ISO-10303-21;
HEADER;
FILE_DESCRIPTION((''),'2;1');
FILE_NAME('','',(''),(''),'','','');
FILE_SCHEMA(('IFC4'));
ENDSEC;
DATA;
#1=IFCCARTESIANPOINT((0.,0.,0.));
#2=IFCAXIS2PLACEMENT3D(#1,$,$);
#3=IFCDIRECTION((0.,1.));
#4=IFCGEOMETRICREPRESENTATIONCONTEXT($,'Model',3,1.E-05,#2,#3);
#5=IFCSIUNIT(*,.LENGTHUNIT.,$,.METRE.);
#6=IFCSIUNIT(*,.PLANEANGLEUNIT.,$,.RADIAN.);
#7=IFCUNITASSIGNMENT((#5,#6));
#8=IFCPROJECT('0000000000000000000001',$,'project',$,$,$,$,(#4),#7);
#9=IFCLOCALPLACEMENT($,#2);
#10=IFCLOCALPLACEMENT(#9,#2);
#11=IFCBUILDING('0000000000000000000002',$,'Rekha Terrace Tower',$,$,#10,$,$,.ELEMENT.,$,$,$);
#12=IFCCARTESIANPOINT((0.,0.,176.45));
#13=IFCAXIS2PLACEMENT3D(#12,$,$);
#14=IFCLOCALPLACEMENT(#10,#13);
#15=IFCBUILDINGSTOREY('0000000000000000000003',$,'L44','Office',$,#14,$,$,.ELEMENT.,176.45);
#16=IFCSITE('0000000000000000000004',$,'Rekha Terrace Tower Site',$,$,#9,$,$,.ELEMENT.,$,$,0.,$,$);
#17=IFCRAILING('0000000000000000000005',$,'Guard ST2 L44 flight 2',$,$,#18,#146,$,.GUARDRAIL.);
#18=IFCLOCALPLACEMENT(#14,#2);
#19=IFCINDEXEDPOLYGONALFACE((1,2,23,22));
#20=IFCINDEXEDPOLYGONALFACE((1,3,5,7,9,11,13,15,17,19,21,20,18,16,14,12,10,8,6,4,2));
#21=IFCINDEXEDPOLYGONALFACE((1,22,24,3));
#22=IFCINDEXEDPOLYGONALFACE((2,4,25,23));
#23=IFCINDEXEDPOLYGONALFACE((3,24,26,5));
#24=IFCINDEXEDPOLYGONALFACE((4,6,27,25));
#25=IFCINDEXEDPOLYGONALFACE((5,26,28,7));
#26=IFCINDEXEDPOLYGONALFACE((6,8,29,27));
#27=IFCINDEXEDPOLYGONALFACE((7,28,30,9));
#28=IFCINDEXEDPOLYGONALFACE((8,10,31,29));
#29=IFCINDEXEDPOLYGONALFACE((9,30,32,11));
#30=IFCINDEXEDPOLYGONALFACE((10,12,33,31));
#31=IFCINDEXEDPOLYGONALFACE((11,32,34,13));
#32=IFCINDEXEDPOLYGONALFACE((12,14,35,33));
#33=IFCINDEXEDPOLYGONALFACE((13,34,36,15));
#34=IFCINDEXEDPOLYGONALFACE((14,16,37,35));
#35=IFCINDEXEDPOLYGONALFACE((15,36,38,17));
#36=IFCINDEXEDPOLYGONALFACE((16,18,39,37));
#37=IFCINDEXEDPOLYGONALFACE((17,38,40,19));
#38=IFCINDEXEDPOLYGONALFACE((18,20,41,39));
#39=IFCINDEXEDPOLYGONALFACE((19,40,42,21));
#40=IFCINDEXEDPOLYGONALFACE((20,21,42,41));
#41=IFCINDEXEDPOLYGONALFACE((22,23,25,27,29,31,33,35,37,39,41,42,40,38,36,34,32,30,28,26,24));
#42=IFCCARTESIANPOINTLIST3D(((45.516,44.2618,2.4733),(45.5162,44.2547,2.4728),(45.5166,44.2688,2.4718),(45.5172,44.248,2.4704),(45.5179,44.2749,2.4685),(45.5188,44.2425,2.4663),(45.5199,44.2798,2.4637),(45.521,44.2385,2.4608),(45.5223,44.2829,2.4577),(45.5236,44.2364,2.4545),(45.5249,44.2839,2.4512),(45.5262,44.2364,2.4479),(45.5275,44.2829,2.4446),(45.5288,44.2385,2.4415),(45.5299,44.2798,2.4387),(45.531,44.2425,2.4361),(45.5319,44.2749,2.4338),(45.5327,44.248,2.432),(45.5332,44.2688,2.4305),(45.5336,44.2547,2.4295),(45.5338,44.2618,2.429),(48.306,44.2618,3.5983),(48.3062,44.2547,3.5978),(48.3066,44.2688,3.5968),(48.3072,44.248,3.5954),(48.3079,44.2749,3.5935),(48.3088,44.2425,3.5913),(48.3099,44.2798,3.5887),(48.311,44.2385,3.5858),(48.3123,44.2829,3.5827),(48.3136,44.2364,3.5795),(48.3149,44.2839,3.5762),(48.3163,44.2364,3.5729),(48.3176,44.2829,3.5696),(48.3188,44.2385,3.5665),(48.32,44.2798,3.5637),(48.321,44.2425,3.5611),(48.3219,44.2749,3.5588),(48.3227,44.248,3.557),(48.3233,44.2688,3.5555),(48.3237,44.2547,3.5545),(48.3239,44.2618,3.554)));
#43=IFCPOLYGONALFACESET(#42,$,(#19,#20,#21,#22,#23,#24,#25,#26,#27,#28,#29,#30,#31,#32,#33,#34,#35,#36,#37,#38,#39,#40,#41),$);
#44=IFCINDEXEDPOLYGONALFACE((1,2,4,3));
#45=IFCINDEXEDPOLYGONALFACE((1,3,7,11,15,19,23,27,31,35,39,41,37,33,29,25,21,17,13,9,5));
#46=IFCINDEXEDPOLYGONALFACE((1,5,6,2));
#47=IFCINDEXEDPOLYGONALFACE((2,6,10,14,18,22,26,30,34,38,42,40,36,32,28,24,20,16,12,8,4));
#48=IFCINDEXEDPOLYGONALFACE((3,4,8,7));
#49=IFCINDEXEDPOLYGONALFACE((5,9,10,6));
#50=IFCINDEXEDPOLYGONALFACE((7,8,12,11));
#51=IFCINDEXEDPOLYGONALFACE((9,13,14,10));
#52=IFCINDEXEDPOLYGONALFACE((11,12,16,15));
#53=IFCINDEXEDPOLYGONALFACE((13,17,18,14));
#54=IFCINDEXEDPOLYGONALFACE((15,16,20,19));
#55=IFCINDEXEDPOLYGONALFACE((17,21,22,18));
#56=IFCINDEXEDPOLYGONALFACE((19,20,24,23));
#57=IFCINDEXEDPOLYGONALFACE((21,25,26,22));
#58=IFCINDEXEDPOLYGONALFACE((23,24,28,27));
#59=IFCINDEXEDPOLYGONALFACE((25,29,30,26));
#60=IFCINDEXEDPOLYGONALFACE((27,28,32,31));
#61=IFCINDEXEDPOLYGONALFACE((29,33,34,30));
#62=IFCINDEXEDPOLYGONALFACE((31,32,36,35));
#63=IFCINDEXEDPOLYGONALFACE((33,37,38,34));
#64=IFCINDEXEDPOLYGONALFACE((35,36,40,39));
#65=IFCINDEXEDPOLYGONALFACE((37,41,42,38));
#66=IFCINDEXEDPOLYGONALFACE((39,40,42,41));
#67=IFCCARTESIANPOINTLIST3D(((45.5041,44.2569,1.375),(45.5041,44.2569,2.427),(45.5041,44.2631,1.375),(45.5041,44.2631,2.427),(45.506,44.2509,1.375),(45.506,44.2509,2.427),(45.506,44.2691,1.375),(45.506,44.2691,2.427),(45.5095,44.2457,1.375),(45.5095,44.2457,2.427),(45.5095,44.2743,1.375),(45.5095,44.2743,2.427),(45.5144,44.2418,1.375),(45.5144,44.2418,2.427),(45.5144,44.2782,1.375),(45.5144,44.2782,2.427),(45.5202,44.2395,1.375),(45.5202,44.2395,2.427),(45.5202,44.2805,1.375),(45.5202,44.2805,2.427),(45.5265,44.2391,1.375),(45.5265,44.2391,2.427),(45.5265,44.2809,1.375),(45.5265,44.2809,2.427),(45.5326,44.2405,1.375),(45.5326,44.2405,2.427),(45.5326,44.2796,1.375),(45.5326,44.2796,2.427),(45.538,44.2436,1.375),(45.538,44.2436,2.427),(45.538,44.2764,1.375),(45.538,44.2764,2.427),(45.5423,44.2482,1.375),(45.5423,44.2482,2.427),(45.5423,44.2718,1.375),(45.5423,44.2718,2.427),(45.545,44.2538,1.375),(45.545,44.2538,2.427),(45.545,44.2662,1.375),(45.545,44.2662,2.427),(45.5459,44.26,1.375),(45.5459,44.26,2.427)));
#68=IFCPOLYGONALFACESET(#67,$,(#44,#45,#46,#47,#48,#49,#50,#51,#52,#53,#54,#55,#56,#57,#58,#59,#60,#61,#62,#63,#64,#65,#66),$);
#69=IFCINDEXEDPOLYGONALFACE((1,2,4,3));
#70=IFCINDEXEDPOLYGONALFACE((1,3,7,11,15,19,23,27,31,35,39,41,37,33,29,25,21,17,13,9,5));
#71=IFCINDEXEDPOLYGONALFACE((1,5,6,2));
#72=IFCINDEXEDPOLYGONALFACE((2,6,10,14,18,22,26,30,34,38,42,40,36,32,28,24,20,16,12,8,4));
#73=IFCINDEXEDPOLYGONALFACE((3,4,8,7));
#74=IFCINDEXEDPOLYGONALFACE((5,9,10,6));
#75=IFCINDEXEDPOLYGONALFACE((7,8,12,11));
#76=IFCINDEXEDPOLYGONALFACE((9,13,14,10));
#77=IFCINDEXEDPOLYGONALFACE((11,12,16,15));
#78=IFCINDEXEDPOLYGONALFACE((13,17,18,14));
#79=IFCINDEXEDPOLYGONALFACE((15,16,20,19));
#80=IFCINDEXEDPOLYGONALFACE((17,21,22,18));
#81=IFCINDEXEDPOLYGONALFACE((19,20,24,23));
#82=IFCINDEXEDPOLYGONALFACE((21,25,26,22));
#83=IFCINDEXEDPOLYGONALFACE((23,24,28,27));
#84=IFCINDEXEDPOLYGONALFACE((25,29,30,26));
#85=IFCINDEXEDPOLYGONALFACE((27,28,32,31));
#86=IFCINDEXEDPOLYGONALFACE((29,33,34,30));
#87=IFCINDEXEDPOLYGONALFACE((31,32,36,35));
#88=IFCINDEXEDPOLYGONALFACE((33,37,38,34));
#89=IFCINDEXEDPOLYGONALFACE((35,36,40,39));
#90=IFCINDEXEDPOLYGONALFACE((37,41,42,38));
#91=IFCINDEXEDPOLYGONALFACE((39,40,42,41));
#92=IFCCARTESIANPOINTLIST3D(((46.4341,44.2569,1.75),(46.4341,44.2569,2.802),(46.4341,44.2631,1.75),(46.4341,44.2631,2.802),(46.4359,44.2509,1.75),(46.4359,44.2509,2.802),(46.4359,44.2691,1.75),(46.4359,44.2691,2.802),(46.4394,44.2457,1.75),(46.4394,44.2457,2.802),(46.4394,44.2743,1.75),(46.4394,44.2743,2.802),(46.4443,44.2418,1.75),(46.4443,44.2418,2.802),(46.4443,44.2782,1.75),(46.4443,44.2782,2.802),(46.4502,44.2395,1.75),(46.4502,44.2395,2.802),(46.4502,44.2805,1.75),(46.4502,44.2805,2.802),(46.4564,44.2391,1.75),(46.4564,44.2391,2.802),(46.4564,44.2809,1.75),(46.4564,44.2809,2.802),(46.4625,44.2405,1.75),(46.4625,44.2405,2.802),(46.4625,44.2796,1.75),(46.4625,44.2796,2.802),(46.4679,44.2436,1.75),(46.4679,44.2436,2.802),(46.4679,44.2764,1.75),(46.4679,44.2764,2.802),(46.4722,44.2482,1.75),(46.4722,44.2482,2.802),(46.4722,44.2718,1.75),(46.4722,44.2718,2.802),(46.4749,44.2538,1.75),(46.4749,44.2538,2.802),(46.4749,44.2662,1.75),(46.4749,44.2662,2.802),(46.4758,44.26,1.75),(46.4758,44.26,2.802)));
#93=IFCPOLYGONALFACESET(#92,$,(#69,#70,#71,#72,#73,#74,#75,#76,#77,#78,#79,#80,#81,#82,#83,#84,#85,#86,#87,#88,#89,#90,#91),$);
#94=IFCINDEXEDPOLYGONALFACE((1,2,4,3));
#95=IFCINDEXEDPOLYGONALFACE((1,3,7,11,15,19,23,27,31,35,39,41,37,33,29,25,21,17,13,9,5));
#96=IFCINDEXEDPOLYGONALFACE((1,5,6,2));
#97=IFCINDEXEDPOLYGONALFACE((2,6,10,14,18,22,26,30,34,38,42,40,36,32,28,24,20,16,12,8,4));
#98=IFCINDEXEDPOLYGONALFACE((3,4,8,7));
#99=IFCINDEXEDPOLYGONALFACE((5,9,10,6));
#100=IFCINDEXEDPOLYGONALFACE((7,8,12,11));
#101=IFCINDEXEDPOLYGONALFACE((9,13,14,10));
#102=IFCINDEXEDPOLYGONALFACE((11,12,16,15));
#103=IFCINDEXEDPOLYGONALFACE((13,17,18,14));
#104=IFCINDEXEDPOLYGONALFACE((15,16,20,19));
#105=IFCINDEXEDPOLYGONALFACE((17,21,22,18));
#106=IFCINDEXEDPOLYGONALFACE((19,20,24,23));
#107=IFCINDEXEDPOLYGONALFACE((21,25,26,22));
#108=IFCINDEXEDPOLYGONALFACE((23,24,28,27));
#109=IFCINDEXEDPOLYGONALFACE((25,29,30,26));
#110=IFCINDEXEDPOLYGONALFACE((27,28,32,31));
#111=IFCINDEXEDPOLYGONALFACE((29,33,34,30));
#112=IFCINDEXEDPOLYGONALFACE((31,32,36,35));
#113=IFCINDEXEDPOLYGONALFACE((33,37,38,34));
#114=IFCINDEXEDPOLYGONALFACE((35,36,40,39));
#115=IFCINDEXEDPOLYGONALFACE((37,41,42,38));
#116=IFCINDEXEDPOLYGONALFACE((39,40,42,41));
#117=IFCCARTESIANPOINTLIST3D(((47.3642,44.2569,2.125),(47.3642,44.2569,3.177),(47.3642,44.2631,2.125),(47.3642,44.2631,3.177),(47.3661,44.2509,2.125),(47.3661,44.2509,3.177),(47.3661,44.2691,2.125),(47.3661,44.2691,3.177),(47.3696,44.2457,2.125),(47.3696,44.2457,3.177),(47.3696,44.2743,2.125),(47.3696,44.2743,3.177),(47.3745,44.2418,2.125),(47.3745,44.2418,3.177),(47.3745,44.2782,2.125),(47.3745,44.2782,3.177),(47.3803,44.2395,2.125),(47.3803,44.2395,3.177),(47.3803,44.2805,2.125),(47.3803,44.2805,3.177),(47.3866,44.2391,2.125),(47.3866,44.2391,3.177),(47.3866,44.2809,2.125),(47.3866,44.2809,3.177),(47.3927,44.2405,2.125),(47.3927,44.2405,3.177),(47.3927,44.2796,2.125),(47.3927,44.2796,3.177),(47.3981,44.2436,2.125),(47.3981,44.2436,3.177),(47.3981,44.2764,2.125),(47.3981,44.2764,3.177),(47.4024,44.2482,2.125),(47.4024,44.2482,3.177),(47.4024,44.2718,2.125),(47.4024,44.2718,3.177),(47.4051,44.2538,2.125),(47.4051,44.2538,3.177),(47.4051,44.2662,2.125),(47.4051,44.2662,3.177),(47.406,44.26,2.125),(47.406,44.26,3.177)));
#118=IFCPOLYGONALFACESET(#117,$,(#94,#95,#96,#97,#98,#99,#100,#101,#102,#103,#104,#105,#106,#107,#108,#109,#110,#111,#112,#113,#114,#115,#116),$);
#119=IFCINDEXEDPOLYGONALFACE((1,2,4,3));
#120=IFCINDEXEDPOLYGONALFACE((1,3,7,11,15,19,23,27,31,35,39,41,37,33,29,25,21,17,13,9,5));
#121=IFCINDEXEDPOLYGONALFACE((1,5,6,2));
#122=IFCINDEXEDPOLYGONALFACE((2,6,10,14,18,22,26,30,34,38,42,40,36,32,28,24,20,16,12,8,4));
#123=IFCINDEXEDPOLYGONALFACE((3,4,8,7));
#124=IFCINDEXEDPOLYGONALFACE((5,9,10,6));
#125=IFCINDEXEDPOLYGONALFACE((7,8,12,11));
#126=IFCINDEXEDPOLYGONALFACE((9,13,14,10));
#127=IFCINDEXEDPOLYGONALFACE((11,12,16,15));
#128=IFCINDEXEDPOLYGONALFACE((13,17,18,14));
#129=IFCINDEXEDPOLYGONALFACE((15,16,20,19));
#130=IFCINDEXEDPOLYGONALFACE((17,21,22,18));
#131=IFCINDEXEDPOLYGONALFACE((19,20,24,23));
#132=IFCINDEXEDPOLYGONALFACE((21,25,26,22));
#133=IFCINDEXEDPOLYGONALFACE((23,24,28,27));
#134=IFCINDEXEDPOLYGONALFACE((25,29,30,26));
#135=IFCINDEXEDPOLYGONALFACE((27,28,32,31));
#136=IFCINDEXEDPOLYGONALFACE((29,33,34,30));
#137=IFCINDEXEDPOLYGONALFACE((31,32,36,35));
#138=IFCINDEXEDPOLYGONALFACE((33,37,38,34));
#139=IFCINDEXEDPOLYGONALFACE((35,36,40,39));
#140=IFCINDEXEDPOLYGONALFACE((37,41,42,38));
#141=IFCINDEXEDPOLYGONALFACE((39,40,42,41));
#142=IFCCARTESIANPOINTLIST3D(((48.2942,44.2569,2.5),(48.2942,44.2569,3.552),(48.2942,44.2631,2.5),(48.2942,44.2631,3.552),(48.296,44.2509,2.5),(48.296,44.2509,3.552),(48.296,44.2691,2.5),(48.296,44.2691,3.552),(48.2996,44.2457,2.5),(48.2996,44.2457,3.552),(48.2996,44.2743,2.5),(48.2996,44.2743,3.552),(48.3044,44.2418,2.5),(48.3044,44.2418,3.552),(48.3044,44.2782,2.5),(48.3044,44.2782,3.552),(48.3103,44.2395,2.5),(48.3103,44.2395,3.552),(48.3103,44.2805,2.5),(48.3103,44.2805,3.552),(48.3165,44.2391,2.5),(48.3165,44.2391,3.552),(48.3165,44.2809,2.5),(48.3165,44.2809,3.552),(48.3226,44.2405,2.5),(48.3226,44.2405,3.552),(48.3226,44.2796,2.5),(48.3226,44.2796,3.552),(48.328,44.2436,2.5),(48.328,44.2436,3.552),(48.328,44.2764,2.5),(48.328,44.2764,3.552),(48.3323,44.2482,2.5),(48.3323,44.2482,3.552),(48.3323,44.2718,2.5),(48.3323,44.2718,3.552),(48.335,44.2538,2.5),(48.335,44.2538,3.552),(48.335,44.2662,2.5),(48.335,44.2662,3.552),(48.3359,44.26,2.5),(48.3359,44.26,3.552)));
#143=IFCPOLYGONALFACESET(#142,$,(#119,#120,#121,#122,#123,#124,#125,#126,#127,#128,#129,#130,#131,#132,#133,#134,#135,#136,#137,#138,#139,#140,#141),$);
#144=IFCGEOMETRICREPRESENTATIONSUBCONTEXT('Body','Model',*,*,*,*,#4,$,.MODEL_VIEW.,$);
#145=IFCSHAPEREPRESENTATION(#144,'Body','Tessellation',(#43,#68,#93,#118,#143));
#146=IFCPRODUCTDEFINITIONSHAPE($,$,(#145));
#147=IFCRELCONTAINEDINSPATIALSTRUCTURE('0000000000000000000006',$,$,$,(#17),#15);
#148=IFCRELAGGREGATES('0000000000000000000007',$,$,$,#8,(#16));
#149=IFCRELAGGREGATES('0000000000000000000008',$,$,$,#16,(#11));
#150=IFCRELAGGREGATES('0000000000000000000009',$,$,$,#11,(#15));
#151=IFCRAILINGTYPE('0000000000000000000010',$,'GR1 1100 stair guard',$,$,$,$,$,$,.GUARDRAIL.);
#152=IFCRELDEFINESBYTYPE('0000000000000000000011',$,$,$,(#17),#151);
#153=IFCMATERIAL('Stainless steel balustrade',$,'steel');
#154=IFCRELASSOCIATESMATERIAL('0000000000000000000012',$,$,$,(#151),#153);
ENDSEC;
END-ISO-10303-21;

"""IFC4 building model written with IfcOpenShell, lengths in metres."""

from ifc_helpers import new_model, si_unit, direction, frame, origin, origin_2d, place, context, subcontext, project, spatial, circle, extrude, material, type_object, element, save


model = new_model("IFC4")

# Units and contexts
model_context = context("Model", 3, precision=1e-05, world=origin(), true_north=direction((0.0, 1.0)))
body_context = subcontext(model_context, "Body", "Model", "MODEL_VIEW")
ifc_project = project(units=[si_unit("LENGTHUNIT", "METRE"), si_unit("PLANEANGLEUNIT", "RADIAN")], contexts=[model_context])

# Site, building, storey
site_placement = place(None, origin())
site = spatial("IfcSite", under=ifc_project, at=site_placement, Name="Rekha Terrace Tower Site", CompositionType="ELEMENT", RefElevation=0.0)
building_placement = place(site_placement, origin())
building = spatial("IfcBuilding", under=site, at=building_placement, Name="Rekha Terrace Tower", CompositionType="ELEMENT")
storey_placement = place(building_placement, frame((0.0, 0.0, 176.45)))
storey = spatial("IfcBuildingStorey", under=building, at=storey_placement, Name="L44", Description="Office", CompositionType="ELEMENT", Elevation=176.45)

# Railing
ifc_material_1 = material(Name="Stainless steel balustrade", Category="steel")
railing_type_1 = type_object("IfcRailingType", Name="GR1 1100 stair guard", PredefinedType="GUARDRAIL", material=ifc_material_1)
railing_1_placement = place(storey_placement, frame((45.5249, 44.26, 1.375)))
element("IfcRailing", 1, at=railing_1_placement, inside=storey, type_object=railing_type_1, Name="Guard ST2 L44 flight 2", PredefinedType="GUARDRAIL", context=body_context, shape_type="SweptSolid", body=[
    extrude(circle(Radius=0.0239, at=origin_2d()), frame((0.0, 0.0, 1.0762), z_axis=(0.927443, 0.0, 0.373964), x_axis=(0.0, 1.0, 0.0)), (0.0, 0.0, 1.0), 3.0083),
    extrude(circle(Radius=0.021, at=origin_2d()), origin(), (0.0, 0.0, 1.0), 1.052),
    extrude(circle(Radius=0.021, at=origin_2d()), frame((0.9299, 0.0, 0.375)), (0.0, 0.0, 1.0), 1.052),
    extrude(circle(Radius=0.021, at=origin_2d()), frame((1.8601, 0.0, 0.75)), (0.0, 0.0, 1.0), 1.052),
    extrude(circle(Radius=0.021, at=origin_2d()), frame((2.79, 0.0, 1.125)), (0.0, 0.0, 1.0), 1.052),
])

save(model, "model.ifc")
